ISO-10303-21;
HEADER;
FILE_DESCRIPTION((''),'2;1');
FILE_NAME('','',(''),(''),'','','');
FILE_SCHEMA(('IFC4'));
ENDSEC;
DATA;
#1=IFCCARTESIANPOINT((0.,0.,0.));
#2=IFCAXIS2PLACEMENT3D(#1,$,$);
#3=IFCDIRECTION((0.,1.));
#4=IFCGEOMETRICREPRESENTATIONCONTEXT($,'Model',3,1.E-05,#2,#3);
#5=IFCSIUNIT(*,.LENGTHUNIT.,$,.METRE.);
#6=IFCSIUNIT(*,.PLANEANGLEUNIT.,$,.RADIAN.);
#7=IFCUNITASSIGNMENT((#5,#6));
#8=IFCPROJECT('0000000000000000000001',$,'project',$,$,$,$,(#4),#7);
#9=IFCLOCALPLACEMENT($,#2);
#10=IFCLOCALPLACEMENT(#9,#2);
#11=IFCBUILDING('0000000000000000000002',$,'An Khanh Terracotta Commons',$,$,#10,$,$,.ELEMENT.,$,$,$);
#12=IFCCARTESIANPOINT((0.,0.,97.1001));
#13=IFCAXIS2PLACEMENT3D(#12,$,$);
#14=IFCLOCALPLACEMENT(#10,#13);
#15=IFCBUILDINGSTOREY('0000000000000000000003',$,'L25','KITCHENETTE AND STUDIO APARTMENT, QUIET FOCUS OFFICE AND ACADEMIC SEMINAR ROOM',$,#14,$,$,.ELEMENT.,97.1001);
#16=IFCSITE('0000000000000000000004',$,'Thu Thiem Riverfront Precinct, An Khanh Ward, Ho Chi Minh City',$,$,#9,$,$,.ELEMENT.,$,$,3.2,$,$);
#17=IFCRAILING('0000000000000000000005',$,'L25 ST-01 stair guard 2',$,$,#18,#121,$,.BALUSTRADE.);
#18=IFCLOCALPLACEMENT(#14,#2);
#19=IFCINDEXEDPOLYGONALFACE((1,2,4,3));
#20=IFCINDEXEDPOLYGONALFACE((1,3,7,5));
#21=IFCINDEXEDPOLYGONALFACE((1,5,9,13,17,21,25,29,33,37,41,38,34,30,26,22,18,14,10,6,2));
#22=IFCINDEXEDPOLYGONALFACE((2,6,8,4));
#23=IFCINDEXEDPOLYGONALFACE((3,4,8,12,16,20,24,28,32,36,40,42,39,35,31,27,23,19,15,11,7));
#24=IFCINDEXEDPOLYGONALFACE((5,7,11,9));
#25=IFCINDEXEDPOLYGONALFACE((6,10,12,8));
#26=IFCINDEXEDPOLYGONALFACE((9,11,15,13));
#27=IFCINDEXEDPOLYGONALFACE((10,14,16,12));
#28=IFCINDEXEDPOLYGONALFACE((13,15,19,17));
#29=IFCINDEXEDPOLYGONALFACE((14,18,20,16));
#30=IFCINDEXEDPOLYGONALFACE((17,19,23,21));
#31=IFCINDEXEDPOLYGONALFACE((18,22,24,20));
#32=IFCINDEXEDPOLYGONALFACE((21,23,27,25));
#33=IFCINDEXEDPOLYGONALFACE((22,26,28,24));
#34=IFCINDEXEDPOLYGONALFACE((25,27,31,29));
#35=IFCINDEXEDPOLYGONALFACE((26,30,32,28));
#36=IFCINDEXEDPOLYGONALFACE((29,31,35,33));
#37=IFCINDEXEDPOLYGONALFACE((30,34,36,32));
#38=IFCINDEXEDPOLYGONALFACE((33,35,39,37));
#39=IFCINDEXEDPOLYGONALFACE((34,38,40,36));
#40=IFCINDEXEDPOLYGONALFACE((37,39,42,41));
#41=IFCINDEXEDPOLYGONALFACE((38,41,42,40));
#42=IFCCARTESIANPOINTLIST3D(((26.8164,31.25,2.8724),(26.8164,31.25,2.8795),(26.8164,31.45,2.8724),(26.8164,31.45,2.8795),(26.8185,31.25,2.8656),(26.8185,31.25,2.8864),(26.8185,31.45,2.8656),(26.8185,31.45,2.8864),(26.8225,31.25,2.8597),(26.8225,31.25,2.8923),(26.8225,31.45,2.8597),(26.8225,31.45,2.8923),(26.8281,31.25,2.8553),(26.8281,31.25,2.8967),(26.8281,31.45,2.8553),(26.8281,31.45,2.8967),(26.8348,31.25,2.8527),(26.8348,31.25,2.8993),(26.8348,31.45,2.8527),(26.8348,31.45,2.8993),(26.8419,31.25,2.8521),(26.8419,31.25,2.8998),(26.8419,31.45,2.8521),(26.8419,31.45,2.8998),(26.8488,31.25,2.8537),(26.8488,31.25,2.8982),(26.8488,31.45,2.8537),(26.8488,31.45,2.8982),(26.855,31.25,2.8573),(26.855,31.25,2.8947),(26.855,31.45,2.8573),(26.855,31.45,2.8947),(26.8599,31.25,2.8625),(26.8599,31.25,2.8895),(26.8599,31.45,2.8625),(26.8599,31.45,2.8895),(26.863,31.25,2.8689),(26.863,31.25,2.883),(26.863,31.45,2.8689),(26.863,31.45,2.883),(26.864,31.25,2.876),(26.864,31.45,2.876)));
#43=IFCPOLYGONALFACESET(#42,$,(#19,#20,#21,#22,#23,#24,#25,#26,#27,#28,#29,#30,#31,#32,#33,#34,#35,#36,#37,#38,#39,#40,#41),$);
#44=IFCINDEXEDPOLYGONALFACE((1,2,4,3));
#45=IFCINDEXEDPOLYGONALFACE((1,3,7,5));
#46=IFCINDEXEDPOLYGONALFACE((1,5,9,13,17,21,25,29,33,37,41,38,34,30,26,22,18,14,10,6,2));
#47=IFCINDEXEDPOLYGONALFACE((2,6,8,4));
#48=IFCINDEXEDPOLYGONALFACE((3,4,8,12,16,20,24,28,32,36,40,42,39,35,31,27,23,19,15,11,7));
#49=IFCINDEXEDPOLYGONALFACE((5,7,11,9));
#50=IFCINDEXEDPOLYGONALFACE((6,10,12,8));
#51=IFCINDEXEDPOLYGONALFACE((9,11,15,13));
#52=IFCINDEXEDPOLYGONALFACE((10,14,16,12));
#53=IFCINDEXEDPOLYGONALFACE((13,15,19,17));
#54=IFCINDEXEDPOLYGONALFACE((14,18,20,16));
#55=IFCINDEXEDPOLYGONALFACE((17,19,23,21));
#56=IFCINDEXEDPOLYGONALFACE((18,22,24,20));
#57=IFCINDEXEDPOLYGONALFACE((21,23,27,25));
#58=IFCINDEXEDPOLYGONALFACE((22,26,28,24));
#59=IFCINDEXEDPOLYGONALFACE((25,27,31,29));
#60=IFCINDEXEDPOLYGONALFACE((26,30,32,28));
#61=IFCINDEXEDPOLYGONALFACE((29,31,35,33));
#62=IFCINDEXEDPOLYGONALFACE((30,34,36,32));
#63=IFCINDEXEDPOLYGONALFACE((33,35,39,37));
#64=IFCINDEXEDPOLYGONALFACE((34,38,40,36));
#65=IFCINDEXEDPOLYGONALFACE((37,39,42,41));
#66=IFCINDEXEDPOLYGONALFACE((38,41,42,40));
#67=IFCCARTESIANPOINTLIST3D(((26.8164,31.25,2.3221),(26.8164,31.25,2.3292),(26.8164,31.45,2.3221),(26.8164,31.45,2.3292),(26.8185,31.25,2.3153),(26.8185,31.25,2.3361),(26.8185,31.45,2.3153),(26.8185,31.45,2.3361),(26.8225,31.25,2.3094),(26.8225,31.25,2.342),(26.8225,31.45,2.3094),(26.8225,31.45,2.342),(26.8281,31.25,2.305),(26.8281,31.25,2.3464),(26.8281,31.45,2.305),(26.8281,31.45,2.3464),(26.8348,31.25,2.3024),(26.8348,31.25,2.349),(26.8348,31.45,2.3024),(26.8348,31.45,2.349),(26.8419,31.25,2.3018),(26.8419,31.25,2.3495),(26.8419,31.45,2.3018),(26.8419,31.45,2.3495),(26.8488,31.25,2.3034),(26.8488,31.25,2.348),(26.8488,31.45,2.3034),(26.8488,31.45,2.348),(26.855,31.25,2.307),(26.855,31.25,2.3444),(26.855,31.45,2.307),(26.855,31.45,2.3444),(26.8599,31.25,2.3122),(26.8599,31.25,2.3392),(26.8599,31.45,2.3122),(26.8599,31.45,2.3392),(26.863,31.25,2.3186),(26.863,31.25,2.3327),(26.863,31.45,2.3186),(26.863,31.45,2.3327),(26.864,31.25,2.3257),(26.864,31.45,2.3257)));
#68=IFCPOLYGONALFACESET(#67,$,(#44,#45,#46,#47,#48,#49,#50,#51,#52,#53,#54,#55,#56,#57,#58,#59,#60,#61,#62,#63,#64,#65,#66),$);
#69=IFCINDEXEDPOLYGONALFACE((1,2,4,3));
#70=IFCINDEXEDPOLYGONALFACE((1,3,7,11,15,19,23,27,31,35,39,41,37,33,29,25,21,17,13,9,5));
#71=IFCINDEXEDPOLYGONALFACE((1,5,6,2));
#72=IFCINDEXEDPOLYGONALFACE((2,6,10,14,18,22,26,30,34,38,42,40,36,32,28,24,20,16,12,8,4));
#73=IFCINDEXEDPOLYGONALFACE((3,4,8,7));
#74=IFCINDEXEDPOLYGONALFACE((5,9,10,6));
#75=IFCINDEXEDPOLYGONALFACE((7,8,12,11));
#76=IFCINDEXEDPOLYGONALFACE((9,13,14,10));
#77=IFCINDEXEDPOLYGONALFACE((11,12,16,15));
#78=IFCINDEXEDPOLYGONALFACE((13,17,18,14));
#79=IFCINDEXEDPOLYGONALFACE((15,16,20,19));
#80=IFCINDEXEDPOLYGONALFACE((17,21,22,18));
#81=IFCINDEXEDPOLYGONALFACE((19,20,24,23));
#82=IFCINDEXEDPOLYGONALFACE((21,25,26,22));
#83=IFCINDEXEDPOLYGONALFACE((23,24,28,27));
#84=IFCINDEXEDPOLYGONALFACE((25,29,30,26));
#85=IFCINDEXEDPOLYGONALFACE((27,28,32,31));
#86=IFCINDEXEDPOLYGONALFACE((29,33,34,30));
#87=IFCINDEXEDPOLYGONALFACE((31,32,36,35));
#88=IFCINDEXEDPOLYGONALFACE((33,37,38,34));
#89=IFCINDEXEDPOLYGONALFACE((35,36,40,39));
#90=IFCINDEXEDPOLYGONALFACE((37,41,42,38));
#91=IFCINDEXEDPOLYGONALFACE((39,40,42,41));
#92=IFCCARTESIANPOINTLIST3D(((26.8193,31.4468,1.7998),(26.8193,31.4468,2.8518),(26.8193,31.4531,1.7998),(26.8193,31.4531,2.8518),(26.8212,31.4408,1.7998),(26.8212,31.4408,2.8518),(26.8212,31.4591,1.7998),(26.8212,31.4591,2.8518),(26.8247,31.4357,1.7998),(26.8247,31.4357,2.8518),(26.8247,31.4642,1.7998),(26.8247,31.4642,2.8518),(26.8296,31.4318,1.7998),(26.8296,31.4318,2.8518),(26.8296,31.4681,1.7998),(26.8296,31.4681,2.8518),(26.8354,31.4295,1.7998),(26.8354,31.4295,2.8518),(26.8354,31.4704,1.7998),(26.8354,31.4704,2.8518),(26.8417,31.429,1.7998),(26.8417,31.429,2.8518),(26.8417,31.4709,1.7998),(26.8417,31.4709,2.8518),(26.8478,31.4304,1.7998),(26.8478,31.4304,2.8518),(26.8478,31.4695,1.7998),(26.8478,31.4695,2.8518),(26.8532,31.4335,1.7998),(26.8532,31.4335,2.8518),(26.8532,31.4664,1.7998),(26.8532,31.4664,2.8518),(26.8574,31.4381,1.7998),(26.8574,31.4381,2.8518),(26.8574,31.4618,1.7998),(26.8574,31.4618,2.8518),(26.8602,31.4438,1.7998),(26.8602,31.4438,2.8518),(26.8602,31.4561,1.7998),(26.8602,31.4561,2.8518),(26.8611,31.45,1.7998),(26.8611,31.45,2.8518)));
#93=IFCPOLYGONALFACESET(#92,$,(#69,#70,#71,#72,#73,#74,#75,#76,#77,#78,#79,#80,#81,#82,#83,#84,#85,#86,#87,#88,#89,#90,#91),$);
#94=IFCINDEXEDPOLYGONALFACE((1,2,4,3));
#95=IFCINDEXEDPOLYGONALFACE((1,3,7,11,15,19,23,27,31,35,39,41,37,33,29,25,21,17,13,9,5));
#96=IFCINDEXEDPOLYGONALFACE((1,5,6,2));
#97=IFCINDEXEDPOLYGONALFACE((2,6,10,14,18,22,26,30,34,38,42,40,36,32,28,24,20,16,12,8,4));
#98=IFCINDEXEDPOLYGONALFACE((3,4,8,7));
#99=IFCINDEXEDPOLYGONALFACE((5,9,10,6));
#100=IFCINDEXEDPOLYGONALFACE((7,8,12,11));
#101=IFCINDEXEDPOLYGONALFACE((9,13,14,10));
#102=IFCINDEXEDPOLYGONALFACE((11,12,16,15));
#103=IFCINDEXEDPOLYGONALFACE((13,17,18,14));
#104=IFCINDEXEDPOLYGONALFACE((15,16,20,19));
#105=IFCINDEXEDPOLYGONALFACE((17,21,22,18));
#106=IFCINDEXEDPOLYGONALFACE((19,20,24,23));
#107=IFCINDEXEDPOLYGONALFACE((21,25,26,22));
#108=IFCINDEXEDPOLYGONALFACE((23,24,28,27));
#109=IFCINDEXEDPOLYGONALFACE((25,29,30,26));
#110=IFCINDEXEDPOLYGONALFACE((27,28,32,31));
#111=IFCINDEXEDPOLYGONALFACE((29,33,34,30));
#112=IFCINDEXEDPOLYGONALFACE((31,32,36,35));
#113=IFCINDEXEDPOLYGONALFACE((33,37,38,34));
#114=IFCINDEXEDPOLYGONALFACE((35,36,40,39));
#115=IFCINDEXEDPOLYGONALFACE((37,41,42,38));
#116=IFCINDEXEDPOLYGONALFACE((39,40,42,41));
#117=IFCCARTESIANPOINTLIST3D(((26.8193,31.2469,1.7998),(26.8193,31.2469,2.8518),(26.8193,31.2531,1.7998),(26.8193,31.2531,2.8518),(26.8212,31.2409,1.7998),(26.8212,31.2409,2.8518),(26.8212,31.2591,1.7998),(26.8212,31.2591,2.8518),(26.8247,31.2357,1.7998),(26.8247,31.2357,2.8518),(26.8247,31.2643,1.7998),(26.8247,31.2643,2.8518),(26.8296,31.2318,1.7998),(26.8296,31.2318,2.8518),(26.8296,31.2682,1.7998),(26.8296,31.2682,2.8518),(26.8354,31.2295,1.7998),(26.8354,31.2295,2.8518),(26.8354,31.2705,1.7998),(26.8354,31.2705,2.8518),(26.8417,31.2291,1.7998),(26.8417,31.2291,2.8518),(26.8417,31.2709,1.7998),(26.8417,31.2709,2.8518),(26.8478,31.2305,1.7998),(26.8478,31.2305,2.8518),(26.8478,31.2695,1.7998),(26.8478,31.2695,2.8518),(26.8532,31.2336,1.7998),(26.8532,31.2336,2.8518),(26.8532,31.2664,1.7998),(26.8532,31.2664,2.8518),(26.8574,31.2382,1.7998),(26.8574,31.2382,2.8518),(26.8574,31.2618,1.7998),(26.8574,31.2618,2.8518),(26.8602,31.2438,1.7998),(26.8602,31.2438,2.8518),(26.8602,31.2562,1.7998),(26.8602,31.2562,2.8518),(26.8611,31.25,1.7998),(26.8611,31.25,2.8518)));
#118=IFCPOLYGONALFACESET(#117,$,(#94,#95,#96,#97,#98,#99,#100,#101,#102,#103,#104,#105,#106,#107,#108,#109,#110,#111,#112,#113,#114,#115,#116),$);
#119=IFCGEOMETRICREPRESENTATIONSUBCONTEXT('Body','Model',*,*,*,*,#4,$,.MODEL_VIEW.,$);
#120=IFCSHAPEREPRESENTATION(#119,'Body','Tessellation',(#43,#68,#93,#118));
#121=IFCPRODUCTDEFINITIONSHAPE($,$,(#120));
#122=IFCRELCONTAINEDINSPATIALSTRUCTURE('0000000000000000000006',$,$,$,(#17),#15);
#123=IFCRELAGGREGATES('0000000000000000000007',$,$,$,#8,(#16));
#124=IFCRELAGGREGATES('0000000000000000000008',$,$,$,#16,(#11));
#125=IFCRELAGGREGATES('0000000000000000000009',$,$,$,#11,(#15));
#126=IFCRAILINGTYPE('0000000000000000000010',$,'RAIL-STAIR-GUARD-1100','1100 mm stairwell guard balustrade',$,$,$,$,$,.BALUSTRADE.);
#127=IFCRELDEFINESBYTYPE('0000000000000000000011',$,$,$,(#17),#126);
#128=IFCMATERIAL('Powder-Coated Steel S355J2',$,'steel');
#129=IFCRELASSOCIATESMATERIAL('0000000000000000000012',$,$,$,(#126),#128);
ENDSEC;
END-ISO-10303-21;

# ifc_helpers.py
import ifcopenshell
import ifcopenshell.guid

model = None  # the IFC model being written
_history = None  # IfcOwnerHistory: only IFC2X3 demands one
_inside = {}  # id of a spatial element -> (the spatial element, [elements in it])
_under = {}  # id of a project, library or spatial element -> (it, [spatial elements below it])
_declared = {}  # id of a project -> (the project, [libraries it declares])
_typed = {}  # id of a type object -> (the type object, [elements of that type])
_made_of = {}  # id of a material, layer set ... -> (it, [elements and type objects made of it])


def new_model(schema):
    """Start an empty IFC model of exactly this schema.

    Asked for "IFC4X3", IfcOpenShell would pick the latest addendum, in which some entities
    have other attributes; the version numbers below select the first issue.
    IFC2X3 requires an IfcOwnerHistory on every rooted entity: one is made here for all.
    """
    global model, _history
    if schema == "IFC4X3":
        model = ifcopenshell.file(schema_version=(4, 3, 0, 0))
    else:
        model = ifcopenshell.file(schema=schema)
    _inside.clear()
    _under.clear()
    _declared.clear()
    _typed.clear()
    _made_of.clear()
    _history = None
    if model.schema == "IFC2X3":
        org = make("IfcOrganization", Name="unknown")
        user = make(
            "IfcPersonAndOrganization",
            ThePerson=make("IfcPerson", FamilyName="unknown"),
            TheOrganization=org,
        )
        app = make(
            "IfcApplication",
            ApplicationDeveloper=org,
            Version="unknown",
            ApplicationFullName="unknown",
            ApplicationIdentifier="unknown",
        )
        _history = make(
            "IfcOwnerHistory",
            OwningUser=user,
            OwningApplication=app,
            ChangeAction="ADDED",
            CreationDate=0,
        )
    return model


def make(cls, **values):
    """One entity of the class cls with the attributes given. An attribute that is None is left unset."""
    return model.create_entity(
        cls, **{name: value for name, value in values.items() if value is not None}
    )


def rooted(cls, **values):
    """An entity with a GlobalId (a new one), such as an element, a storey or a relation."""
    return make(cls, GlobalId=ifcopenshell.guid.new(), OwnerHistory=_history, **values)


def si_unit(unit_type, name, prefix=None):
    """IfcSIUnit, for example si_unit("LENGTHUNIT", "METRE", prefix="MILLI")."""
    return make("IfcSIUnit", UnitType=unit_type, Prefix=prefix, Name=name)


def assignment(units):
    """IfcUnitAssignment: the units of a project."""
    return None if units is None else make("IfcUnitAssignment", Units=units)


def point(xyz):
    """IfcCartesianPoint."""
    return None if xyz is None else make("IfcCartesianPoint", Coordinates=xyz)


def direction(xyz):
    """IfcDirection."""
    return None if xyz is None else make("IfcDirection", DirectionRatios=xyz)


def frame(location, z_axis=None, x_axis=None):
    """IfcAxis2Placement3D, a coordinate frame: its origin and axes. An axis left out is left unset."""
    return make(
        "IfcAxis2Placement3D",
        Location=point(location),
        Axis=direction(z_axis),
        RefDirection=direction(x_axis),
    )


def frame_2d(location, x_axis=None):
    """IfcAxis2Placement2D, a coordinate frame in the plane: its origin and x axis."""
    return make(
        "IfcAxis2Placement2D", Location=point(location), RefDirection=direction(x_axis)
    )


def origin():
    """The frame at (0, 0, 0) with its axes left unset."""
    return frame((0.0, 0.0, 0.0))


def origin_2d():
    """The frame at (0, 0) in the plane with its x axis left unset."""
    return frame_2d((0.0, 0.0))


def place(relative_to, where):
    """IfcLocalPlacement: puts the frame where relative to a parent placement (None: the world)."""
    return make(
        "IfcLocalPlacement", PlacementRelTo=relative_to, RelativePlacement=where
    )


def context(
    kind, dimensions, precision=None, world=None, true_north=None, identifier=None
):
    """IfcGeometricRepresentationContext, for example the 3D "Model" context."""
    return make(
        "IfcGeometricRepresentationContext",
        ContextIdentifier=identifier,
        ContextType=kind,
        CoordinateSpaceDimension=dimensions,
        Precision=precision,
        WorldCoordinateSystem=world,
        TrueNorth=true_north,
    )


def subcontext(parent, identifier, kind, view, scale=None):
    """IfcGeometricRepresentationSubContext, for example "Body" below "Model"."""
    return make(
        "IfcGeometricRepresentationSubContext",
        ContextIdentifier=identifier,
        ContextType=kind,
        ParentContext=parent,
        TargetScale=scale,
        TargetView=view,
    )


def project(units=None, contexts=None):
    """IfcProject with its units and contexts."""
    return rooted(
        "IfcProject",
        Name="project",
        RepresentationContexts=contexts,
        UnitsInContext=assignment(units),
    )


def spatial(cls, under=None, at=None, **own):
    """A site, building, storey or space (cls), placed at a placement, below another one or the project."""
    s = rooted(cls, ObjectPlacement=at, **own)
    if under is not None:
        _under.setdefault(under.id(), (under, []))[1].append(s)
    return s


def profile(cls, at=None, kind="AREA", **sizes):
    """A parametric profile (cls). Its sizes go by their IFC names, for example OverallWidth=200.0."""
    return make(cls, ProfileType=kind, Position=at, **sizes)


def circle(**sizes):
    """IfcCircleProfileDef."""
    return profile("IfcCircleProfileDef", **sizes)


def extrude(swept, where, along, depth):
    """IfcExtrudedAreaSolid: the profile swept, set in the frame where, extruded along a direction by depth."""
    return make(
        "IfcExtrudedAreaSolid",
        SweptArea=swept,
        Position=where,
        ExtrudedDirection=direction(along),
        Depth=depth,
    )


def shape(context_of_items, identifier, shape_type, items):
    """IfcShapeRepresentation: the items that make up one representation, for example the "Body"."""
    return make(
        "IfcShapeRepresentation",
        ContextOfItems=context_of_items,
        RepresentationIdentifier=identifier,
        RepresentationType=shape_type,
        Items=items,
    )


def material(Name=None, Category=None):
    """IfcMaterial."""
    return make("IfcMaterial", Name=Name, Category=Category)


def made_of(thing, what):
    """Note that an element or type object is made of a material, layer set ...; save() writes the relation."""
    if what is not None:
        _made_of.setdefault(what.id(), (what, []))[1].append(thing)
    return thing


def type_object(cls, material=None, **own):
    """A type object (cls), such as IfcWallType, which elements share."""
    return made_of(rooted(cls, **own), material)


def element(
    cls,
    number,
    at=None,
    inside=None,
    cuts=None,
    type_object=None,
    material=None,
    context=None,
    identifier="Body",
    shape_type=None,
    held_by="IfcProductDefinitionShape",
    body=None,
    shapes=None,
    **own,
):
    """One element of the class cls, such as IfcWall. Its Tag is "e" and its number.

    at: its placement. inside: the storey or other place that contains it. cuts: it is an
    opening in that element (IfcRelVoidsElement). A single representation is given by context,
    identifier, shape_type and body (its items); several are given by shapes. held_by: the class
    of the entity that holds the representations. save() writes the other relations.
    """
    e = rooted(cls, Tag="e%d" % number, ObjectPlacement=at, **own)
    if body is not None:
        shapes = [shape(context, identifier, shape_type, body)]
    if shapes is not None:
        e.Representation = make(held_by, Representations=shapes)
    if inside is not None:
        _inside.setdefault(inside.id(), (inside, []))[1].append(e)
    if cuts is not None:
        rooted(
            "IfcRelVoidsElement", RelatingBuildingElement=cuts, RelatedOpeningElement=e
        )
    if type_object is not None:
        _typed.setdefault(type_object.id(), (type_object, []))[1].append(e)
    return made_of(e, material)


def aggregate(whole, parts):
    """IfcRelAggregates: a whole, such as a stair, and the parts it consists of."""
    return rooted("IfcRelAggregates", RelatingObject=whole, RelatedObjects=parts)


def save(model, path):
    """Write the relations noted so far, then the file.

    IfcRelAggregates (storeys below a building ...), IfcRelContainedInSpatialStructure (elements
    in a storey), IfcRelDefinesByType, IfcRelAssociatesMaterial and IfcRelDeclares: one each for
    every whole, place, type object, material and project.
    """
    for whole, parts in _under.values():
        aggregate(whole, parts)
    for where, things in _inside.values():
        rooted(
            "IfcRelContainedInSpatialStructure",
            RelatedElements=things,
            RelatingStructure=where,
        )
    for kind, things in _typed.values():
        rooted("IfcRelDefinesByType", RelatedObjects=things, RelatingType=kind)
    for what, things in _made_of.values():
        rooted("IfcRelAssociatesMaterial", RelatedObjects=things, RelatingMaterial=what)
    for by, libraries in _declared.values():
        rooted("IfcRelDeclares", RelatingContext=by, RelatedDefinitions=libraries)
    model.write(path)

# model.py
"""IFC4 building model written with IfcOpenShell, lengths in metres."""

from ifc_helpers import new_model, si_unit, direction, frame, origin, origin_2d, place, context, subcontext, project, spatial, circle, extrude, material, type_object, element, save


model = new_model("IFC4")

# Units and contexts
model_context = context("Model", 3, precision=1e-05, world=origin(), true_north=direction((0.0, 1.0)))
body_context = subcontext(model_context, "Body", "Model", "MODEL_VIEW")
ifc_project = project(units=[si_unit("LENGTHUNIT", "METRE"), si_unit("PLANEANGLEUNIT", "RADIAN")], contexts=[model_context])

# Site, building, storey
site_placement = place(None, origin())
site = spatial("IfcSite", under=ifc_project, at=site_placement, Name="Thu Thiem Riverfront Precinct, An Khanh Ward, Ho Chi Minh City", CompositionType="ELEMENT", RefElevation=3.2)
building_placement = place(site_placement, origin())
building = spatial("IfcBuilding", under=site, at=building_placement, Name="An Khanh Terracotta Commons", CompositionType="ELEMENT")
storey_placement = place(building_placement, frame((0.0, 0.0, 97.1001)))
storey = spatial("IfcBuildingStorey", under=building, at=storey_placement, Name="L25", Description="KITCHENETTE AND STUDIO APARTMENT, QUIET FOCUS OFFICE AND ACADEMIC SEMINAR ROOM", CompositionType="ELEMENT", Elevation=97.1001)

# Railing
ifc_material_1 = material(Name="Powder-Coated Steel S355J2", Category="steel")
railing_type = type_object("IfcRailingType", Name="RAIL-STAIR-GUARD-1100", Description="1100 mm stairwell guard balustrade", PredefinedType="BALUSTRADE", material=ifc_material_1)
railing_placement = place(storey_placement, frame((26.8401, 31.45, 1.7998)))
element("IfcRailing", 1, at=railing_placement, inside=storey, type_object=railing_type, Name="L25 ST-01 stair guard 2", PredefinedType="BALUSTRADE", context=body_context, shape_type="SweptSolid", body=[
    extrude(circle(Radius=0.0239, at=origin_2d()), frame((0.0, 0.0, 1.0762), z_axis=(0.0, -1.0, 0.0), x_axis=(1.0, 0.0, 0.0)), (0.0, 0.0, 1.0), 0.2),
    extrude(circle(Radius=0.0239, at=origin_2d()), frame((0.0, 0.0, 0.5259), z_axis=(0.0, -1.0, 0.0), x_axis=(1.0, 0.0, 0.0)), (0.0, 0.0, 1.0), 0.2),
    extrude(circle(Radius=0.021, at=origin_2d()), origin(), (0.0, 0.0, 1.0), 1.052),
    extrude(circle(Radius=0.021, at=origin_2d()), frame((0.0, -0.2, 0.0)), (0.0, 0.0, 1.0), 1.052),
])

save(model, "model.ifc")
